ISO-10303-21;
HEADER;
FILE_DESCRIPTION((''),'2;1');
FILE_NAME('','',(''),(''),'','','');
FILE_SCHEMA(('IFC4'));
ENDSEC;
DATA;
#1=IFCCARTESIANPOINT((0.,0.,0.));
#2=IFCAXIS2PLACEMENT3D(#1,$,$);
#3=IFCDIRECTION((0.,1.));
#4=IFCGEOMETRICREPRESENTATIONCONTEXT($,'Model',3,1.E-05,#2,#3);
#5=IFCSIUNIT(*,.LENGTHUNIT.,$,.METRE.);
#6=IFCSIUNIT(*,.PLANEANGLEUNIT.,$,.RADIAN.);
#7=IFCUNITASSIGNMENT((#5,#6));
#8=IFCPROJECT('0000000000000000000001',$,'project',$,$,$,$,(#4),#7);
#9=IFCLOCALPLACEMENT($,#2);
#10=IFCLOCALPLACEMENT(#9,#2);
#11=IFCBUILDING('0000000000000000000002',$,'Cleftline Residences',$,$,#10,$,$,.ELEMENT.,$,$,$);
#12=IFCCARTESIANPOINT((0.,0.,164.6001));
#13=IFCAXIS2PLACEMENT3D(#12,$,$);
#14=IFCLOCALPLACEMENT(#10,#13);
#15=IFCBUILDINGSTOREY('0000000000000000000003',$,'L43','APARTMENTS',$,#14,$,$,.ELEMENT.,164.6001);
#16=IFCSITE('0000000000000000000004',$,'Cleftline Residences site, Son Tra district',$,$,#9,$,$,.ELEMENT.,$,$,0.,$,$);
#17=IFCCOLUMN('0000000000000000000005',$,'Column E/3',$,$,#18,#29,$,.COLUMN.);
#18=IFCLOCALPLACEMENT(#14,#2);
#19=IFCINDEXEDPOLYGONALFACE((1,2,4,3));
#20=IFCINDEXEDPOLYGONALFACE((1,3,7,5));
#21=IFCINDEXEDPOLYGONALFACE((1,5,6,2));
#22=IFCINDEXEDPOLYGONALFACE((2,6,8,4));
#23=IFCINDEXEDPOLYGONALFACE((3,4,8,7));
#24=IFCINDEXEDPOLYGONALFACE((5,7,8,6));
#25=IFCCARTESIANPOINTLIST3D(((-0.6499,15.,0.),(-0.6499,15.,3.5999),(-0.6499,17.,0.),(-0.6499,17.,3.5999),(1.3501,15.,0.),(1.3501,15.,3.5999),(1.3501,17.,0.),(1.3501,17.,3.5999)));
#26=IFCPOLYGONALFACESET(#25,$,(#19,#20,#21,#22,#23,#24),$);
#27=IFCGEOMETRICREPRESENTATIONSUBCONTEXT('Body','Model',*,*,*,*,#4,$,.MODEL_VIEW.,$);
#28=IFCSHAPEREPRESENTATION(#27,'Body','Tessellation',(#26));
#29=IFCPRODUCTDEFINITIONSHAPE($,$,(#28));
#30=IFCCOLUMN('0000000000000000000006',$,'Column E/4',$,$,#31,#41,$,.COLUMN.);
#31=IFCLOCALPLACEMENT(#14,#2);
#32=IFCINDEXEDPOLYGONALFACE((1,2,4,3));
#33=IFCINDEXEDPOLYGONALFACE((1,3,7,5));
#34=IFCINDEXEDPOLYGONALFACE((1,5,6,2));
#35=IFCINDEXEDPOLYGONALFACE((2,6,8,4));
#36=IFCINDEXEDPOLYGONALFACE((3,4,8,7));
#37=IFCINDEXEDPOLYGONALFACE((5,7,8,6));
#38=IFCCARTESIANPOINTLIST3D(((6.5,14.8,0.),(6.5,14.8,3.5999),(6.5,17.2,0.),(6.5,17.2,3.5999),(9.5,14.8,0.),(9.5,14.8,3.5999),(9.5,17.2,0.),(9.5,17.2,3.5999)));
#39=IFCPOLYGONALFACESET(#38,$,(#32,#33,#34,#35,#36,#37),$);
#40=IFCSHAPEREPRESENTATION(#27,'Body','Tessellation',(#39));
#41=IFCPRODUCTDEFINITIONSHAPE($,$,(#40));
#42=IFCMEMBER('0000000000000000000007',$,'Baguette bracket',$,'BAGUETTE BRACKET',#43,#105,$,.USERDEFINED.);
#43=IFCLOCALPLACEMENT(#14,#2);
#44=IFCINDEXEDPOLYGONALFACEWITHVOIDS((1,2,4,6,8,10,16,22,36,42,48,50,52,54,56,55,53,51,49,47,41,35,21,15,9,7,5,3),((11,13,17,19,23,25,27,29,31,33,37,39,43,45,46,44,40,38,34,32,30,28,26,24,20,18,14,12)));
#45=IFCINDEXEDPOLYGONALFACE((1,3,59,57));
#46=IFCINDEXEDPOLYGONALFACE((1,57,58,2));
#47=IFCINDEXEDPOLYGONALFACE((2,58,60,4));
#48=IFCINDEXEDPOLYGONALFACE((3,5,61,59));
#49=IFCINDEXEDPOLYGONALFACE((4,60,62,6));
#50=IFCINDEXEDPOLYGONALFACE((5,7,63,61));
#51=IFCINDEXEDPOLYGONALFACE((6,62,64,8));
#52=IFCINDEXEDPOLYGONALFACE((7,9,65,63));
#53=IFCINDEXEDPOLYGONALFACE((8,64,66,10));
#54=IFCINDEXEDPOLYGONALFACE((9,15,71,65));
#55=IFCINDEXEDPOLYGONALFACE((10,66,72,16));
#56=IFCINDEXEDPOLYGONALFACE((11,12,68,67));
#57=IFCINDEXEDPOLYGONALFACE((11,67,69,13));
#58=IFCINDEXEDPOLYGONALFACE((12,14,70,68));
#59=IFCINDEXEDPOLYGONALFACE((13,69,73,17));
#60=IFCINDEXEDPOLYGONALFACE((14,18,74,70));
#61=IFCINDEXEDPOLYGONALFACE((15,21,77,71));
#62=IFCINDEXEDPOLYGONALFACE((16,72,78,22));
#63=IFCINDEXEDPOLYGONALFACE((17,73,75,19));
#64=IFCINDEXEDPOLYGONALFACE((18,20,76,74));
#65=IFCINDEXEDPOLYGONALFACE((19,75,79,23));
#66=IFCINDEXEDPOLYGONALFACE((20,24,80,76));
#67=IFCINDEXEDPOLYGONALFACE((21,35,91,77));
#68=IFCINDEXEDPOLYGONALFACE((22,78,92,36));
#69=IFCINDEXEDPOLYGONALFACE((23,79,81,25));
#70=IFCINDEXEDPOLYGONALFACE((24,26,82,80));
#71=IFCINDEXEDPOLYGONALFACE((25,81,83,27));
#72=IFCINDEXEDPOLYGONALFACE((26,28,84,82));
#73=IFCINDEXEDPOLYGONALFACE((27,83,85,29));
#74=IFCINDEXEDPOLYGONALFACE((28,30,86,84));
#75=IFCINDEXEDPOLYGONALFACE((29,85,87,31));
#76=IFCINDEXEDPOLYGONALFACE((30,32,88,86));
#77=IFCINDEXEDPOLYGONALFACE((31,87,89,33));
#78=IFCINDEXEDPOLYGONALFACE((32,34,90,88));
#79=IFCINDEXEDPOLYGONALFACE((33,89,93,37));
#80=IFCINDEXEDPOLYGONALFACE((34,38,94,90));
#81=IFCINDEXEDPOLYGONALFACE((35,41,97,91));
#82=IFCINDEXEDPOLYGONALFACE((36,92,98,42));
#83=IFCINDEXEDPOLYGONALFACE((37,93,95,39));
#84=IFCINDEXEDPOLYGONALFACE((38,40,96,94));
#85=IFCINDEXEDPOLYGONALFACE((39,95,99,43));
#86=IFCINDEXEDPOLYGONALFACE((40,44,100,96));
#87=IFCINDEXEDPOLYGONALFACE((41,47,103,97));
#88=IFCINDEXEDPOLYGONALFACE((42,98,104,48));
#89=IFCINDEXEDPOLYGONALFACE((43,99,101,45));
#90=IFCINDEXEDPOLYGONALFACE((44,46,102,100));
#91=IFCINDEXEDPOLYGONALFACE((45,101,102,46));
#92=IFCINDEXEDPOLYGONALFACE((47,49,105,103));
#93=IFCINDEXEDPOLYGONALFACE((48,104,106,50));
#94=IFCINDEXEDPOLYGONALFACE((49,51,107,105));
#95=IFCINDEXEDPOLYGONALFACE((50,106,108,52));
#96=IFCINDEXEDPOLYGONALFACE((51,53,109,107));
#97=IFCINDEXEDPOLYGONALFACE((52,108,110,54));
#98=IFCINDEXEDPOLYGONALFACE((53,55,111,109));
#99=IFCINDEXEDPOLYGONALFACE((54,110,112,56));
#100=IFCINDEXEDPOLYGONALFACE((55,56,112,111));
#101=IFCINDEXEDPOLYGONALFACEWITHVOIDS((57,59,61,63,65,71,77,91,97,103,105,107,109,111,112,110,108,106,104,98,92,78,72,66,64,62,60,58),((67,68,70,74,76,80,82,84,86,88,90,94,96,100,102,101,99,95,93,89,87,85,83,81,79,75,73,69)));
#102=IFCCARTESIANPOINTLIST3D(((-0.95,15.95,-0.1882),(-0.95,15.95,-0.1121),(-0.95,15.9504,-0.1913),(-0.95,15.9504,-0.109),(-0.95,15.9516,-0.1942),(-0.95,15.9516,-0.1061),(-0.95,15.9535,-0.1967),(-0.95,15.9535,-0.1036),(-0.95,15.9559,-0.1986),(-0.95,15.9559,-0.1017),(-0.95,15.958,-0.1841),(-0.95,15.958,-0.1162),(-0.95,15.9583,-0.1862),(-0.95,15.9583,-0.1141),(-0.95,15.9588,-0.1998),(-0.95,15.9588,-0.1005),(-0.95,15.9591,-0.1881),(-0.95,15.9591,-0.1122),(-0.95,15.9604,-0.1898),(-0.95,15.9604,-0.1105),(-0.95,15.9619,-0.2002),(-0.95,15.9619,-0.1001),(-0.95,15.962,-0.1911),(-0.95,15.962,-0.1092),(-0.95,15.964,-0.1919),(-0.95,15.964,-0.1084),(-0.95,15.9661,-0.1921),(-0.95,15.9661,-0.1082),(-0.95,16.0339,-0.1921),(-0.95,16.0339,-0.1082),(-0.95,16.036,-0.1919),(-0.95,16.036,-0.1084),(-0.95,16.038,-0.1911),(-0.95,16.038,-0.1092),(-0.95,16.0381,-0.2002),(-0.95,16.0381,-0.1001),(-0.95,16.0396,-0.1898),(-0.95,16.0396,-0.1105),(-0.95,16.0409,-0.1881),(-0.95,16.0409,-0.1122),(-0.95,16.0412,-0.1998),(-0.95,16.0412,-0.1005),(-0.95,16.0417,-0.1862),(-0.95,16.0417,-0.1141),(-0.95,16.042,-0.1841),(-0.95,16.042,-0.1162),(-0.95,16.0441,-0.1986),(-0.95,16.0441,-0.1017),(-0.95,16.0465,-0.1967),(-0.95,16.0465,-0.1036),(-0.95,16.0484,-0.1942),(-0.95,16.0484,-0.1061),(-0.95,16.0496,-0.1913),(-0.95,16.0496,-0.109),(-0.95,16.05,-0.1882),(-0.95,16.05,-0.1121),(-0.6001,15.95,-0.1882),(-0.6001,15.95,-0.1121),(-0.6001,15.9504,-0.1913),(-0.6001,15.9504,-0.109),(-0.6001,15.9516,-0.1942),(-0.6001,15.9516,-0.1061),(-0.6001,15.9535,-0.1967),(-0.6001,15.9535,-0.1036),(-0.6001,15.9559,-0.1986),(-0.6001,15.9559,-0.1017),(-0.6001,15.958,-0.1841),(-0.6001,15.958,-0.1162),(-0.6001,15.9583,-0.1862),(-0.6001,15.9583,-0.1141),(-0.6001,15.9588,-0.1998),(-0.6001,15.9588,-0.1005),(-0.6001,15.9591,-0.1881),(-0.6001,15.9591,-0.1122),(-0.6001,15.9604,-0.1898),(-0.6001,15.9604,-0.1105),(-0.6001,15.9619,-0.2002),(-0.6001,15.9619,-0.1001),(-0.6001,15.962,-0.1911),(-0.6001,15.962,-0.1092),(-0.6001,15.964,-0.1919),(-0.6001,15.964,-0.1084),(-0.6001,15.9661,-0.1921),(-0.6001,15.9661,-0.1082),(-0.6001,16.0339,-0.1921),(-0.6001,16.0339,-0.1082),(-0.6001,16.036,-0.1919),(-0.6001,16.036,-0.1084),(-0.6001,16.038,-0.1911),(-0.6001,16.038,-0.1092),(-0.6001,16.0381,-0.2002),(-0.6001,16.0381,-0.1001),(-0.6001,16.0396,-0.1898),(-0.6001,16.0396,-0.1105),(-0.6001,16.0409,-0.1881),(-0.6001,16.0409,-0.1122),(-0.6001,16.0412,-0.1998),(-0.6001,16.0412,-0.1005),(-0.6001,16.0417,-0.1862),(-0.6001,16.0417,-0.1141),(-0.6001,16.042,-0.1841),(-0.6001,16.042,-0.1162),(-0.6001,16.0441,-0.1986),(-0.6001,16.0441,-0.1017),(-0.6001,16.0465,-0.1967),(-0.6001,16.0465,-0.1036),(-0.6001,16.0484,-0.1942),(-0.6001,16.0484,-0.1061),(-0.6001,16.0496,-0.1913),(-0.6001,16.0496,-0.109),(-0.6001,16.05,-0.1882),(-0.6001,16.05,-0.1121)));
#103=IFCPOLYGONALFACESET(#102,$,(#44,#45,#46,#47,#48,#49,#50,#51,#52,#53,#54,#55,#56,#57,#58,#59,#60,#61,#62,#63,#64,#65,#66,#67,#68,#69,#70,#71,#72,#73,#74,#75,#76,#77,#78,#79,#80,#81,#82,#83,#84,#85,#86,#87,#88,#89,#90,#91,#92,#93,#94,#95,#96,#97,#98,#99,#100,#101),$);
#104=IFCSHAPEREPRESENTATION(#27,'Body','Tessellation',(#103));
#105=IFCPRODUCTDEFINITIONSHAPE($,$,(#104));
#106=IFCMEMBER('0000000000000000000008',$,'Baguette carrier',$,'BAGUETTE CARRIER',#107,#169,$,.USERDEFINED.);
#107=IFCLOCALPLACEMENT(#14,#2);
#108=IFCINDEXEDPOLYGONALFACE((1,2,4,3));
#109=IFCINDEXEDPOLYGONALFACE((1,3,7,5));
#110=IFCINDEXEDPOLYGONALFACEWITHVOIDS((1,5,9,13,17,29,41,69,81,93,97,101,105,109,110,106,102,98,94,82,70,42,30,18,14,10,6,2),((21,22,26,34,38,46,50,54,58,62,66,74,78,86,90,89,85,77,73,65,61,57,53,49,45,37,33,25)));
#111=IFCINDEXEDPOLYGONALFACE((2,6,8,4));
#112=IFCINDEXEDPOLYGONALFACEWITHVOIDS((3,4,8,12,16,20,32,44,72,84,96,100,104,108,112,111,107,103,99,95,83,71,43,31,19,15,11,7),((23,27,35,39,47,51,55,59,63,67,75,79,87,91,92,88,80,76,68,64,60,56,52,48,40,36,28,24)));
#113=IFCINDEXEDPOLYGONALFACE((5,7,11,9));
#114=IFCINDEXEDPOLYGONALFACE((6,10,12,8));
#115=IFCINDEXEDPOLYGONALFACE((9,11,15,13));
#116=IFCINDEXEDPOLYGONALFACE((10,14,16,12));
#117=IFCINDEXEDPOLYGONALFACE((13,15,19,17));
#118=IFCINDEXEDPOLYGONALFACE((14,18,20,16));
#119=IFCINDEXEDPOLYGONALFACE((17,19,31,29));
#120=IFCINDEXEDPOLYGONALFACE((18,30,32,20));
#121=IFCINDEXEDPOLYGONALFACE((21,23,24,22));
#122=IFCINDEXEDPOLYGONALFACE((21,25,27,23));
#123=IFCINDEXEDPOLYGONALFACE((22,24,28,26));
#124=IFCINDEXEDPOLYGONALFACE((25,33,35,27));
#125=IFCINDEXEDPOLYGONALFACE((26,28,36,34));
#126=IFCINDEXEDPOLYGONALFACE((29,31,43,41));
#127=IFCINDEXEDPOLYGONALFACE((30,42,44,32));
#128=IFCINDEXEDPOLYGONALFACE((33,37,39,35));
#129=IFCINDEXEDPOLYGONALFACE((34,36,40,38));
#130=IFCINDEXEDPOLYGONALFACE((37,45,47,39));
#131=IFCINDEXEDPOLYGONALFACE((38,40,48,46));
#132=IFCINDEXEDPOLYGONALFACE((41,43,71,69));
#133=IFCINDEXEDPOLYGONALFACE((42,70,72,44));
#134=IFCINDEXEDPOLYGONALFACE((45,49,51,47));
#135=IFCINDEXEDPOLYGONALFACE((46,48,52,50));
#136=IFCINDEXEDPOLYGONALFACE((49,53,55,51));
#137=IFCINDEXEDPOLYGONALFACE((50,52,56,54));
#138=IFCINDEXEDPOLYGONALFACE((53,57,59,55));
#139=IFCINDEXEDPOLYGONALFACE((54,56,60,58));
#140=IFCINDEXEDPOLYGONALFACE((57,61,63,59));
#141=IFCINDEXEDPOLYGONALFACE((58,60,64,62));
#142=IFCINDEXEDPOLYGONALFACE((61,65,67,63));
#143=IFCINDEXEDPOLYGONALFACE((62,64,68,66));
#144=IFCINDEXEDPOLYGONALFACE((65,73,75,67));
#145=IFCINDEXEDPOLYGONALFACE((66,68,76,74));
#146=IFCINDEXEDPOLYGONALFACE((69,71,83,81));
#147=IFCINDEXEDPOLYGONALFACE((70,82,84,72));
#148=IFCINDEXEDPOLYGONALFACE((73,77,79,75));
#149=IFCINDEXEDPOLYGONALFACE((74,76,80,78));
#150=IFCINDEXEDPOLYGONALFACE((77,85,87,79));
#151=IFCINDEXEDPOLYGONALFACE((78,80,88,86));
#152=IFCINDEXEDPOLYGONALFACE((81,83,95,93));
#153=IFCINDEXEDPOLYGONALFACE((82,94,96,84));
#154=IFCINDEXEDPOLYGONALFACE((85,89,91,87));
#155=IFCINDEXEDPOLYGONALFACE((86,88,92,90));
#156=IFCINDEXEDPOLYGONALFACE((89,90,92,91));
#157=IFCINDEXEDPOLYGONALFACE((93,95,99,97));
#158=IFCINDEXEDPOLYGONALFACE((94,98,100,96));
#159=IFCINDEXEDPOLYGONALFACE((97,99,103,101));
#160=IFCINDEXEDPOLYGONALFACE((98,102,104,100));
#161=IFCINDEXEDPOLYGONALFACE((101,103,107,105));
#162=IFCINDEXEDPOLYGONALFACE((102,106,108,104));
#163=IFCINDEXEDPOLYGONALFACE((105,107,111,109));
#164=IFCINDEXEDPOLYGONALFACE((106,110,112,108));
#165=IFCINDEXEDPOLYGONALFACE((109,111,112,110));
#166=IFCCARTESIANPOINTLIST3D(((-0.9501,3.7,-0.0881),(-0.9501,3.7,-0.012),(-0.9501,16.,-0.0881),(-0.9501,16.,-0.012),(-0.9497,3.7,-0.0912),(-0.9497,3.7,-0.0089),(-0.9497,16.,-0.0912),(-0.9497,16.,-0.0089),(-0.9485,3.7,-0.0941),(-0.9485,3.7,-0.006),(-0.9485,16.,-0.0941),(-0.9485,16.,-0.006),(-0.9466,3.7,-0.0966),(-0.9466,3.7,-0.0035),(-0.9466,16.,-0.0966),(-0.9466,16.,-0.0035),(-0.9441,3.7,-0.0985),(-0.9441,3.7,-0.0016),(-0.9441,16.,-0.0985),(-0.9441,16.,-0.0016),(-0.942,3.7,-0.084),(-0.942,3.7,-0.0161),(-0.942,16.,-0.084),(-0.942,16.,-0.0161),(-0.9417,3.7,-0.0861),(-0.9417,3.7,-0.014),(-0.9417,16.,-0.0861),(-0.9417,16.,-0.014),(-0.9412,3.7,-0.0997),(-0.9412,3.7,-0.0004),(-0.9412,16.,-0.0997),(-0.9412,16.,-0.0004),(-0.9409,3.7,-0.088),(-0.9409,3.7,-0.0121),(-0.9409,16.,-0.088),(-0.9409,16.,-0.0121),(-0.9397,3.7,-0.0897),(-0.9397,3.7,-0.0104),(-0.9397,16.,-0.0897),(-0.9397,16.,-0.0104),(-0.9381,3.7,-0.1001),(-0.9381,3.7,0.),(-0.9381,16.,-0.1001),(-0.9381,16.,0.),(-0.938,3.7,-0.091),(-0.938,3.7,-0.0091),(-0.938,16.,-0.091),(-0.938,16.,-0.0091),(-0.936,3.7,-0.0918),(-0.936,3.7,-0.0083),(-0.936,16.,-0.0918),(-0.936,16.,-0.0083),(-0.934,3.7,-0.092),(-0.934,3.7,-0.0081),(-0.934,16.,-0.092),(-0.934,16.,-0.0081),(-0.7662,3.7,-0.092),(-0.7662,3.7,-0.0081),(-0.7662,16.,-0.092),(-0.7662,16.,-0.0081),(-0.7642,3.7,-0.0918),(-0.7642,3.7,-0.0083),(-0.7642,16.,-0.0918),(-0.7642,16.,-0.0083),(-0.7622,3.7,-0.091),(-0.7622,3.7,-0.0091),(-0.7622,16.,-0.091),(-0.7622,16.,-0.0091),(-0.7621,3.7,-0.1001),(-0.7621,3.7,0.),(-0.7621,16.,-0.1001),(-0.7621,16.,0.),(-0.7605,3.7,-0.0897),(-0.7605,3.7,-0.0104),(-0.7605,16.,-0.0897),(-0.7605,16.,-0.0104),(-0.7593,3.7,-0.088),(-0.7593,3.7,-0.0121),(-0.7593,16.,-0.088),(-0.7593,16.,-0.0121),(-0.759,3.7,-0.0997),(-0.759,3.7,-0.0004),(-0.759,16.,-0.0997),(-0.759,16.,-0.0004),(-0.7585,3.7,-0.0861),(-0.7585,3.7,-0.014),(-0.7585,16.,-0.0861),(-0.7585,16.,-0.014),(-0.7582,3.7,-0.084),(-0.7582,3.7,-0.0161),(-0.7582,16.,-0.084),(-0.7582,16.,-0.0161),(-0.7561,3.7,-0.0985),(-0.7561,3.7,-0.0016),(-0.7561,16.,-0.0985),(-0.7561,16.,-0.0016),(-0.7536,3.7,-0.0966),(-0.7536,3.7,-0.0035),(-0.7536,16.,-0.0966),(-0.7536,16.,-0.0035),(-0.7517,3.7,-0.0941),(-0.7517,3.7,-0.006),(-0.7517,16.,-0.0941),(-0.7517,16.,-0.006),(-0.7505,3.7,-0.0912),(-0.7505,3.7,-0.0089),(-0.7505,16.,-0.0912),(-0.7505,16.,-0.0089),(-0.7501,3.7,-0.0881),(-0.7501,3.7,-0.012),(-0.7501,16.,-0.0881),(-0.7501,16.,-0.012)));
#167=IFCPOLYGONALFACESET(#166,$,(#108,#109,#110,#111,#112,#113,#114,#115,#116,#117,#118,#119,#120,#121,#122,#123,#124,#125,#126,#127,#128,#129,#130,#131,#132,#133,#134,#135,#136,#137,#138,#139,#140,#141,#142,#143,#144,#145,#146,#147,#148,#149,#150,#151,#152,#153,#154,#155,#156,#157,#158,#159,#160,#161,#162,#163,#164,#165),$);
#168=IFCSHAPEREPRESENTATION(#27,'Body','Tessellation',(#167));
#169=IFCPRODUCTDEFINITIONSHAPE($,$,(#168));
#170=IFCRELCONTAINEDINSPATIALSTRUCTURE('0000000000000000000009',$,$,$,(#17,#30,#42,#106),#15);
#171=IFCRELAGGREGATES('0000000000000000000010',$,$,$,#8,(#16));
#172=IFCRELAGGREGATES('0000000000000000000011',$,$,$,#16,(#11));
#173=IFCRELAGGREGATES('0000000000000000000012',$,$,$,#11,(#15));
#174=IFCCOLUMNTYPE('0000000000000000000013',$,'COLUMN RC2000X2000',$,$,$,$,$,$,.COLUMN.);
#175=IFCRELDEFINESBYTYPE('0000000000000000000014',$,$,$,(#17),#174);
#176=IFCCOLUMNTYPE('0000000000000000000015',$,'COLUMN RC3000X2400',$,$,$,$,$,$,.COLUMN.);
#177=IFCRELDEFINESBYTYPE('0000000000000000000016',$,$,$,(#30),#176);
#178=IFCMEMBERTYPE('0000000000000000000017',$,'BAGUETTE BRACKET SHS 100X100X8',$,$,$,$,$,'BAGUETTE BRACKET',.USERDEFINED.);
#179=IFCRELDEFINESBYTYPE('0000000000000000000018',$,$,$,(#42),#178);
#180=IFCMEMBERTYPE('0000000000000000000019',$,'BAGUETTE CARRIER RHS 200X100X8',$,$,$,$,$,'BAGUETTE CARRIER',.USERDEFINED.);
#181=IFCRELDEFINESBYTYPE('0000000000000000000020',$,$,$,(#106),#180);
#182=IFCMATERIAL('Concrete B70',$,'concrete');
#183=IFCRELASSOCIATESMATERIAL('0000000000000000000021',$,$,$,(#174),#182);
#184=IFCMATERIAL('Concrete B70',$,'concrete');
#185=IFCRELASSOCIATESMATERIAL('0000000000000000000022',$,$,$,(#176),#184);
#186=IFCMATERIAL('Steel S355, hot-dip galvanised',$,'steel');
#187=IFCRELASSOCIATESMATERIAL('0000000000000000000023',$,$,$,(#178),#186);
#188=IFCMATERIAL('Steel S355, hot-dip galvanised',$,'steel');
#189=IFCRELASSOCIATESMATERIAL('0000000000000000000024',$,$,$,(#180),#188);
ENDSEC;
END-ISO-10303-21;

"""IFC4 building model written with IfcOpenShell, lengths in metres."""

from ifc_helpers import new_model, si_unit, direction, frame, origin, origin_2d, place, context, subcontext, project, spatial, rectangle, hollow_rectangle, extrude, material, material_profile, profile_set, type_object, element, save


model = new_model("IFC4")

# Units and contexts
model_context = context("Model", 3, precision=1e-05, world=origin(), true_north=direction((0.0, 1.0)))
body_context = subcontext(model_context, "Body", "Model", "MODEL_VIEW")
ifc_project = project(units=[si_unit("LENGTHUNIT", "METRE"), si_unit("PLANEANGLEUNIT", "RADIAN")], contexts=[model_context])

# Site, building, storey
site_placement = place(None, origin())
site = spatial("IfcSite", under=ifc_project, at=site_placement, Name="Cleftline Residences site, Son Tra district", CompositionType="ELEMENT", RefElevation=0.0)
building_placement = place(site_placement, origin())
building = spatial("IfcBuilding", under=site, at=building_placement, Name="Cleftline Residences", CompositionType="ELEMENT")
storey_placement = place(building_placement, frame((0.0, 0.0, 164.6001)))
storey = spatial("IfcBuildingStorey", under=building, at=storey_placement, Name="L43", Description="APARTMENTS", CompositionType="ELEMENT", Elevation=164.6001)

# Columns
ifc_material_1 = material(Name="Concrete B70", Category="concrete")
ifc_material_profile_1 = material_profile(ifc_material_1, rectangle(XDim=2.0, YDim=2.0, at=origin_2d()))
ifc_profile_set_1 = profile_set([ifc_material_profile_1], Name="Concrete B70")
column_type_1 = type_object("IfcColumnType", Name="COLUMN RC2000X2000", PredefinedType="COLUMN", material=ifc_profile_set_1)
column_1_placement = place(storey_placement, frame((0.3501, 16.0, 0.0), z_axis=(0.0, 0.0, 1.0), x_axis=(1.0, 0.0, 0.0)))
element("IfcColumn", 1, at=column_1_placement, inside=storey, type_object=column_type_1, Name="Column E/3", PredefinedType="COLUMN", context=body_context, shape_type="SweptSolid", body=[
    extrude(rectangle(XDim=2.0, YDim=2.0, at=origin_2d()), origin(), (0.0, 0.0, 1.0), 3.5999),
])
ifc_material_2 = material(Name="Concrete B70", Category="concrete")
ifc_material_profile_2 = material_profile(ifc_material_2, rectangle(XDim=3.0, YDim=2.3999, at=origin_2d()))
ifc_profile_set_2 = profile_set([ifc_material_profile_2], Name="Concrete B70")
column_type_2 = type_object("IfcColumnType", Name="COLUMN RC3000X2400", PredefinedType="COLUMN", material=ifc_profile_set_2)
column_2_placement = place(storey_placement, frame((8.0, 16.0, 0.0), z_axis=(0.0, 0.0, 1.0), x_axis=(1.0, 0.0, 0.0)))
element("IfcColumn", 2, at=column_2_placement, inside=storey, type_object=column_type_2, Name="Column E/4", PredefinedType="COLUMN", context=body_context, shape_type="SweptSolid", body=[
    extrude(rectangle(XDim=3.0, YDim=2.3999, at=origin_2d()), origin(), (0.0, 0.0, 1.0), 3.5999),
])

# Members
ifc_material_3 = material(Name="Steel S355, hot-dip galvanised", Category="steel")
ifc_material_profile_3 = material_profile(ifc_material_3, hollow_rectangle(XDim=0.1001, YDim=0.1001, WallThickness=0.0081, InnerFilletRadius=0.0081, OuterFilletRadius=0.012, at=origin_2d()))
ifc_profile_set_3 = profile_set([ifc_material_profile_3], Name="Steel S355, hot-dip galvanised")
member_type_1 = type_object("IfcMemberType", Name="BAGUETTE BRACKET SHS 100X100X8", ElementType="BAGUETTE BRACKET", PredefinedType="USERDEFINED", material=ifc_profile_set_3)
member_1_placement = place(storey_placement, frame((-0.6001, 16.0, -0.1501), z_axis=(-1.0, 0.0, 0.0), x_axis=(0.0, -1.0, 0.0)))
element("IfcMember", 3, at=member_1_placement, inside=storey, type_object=member_type_1, Name="Baguette bracket", ObjectType="BAGUETTE BRACKET", PredefinedType="USERDEFINED", context=body_context, shape_type="SweptSolid", body=[
    extrude(hollow_rectangle(XDim=0.1001, YDim=0.1001, WallThickness=0.0081, InnerFilletRadius=0.0081, OuterFilletRadius=0.012, at=origin_2d()), origin(), (0.0, 0.0, 1.0), 0.3499),
])
ifc_material_4 = material(Name="Steel S355, hot-dip galvanised", Category="steel")
ifc_material_profile_4 = material_profile(ifc_material_4, hollow_rectangle(XDim=0.1001, YDim=0.2, WallThickness=0.0081, InnerFilletRadius=0.0081, OuterFilletRadius=0.012, at=origin_2d()))
ifc_profile_set_4 = profile_set([ifc_material_profile_4], Name="Steel S355, hot-dip galvanised")
member_type_2 = type_object("IfcMemberType", Name="BAGUETTE CARRIER RHS 200X100X8", ElementType="BAGUETTE CARRIER", PredefinedType="USERDEFINED", material=ifc_profile_set_4)
member_2_placement = place(storey_placement, frame((-0.8501, 16.0, -0.05), z_axis=(0.0, -1.0, 0.0), x_axis=(0.0, 0.0, 1.0)))
element("IfcMember", 4, at=member_2_placement, inside=storey, type_object=member_type_2, Name="Baguette carrier", ObjectType="BAGUETTE CARRIER", PredefinedType="USERDEFINED", context=body_context, shape_type="SweptSolid", body=[
    extrude(hollow_rectangle(XDim=0.1001, YDim=0.2, WallThickness=0.0081, InnerFilletRadius=0.0081, OuterFilletRadius=0.012, at=origin_2d()), origin(), (0.0, 0.0, 1.0), 12.3),
])

save(model, "model.ifc")
